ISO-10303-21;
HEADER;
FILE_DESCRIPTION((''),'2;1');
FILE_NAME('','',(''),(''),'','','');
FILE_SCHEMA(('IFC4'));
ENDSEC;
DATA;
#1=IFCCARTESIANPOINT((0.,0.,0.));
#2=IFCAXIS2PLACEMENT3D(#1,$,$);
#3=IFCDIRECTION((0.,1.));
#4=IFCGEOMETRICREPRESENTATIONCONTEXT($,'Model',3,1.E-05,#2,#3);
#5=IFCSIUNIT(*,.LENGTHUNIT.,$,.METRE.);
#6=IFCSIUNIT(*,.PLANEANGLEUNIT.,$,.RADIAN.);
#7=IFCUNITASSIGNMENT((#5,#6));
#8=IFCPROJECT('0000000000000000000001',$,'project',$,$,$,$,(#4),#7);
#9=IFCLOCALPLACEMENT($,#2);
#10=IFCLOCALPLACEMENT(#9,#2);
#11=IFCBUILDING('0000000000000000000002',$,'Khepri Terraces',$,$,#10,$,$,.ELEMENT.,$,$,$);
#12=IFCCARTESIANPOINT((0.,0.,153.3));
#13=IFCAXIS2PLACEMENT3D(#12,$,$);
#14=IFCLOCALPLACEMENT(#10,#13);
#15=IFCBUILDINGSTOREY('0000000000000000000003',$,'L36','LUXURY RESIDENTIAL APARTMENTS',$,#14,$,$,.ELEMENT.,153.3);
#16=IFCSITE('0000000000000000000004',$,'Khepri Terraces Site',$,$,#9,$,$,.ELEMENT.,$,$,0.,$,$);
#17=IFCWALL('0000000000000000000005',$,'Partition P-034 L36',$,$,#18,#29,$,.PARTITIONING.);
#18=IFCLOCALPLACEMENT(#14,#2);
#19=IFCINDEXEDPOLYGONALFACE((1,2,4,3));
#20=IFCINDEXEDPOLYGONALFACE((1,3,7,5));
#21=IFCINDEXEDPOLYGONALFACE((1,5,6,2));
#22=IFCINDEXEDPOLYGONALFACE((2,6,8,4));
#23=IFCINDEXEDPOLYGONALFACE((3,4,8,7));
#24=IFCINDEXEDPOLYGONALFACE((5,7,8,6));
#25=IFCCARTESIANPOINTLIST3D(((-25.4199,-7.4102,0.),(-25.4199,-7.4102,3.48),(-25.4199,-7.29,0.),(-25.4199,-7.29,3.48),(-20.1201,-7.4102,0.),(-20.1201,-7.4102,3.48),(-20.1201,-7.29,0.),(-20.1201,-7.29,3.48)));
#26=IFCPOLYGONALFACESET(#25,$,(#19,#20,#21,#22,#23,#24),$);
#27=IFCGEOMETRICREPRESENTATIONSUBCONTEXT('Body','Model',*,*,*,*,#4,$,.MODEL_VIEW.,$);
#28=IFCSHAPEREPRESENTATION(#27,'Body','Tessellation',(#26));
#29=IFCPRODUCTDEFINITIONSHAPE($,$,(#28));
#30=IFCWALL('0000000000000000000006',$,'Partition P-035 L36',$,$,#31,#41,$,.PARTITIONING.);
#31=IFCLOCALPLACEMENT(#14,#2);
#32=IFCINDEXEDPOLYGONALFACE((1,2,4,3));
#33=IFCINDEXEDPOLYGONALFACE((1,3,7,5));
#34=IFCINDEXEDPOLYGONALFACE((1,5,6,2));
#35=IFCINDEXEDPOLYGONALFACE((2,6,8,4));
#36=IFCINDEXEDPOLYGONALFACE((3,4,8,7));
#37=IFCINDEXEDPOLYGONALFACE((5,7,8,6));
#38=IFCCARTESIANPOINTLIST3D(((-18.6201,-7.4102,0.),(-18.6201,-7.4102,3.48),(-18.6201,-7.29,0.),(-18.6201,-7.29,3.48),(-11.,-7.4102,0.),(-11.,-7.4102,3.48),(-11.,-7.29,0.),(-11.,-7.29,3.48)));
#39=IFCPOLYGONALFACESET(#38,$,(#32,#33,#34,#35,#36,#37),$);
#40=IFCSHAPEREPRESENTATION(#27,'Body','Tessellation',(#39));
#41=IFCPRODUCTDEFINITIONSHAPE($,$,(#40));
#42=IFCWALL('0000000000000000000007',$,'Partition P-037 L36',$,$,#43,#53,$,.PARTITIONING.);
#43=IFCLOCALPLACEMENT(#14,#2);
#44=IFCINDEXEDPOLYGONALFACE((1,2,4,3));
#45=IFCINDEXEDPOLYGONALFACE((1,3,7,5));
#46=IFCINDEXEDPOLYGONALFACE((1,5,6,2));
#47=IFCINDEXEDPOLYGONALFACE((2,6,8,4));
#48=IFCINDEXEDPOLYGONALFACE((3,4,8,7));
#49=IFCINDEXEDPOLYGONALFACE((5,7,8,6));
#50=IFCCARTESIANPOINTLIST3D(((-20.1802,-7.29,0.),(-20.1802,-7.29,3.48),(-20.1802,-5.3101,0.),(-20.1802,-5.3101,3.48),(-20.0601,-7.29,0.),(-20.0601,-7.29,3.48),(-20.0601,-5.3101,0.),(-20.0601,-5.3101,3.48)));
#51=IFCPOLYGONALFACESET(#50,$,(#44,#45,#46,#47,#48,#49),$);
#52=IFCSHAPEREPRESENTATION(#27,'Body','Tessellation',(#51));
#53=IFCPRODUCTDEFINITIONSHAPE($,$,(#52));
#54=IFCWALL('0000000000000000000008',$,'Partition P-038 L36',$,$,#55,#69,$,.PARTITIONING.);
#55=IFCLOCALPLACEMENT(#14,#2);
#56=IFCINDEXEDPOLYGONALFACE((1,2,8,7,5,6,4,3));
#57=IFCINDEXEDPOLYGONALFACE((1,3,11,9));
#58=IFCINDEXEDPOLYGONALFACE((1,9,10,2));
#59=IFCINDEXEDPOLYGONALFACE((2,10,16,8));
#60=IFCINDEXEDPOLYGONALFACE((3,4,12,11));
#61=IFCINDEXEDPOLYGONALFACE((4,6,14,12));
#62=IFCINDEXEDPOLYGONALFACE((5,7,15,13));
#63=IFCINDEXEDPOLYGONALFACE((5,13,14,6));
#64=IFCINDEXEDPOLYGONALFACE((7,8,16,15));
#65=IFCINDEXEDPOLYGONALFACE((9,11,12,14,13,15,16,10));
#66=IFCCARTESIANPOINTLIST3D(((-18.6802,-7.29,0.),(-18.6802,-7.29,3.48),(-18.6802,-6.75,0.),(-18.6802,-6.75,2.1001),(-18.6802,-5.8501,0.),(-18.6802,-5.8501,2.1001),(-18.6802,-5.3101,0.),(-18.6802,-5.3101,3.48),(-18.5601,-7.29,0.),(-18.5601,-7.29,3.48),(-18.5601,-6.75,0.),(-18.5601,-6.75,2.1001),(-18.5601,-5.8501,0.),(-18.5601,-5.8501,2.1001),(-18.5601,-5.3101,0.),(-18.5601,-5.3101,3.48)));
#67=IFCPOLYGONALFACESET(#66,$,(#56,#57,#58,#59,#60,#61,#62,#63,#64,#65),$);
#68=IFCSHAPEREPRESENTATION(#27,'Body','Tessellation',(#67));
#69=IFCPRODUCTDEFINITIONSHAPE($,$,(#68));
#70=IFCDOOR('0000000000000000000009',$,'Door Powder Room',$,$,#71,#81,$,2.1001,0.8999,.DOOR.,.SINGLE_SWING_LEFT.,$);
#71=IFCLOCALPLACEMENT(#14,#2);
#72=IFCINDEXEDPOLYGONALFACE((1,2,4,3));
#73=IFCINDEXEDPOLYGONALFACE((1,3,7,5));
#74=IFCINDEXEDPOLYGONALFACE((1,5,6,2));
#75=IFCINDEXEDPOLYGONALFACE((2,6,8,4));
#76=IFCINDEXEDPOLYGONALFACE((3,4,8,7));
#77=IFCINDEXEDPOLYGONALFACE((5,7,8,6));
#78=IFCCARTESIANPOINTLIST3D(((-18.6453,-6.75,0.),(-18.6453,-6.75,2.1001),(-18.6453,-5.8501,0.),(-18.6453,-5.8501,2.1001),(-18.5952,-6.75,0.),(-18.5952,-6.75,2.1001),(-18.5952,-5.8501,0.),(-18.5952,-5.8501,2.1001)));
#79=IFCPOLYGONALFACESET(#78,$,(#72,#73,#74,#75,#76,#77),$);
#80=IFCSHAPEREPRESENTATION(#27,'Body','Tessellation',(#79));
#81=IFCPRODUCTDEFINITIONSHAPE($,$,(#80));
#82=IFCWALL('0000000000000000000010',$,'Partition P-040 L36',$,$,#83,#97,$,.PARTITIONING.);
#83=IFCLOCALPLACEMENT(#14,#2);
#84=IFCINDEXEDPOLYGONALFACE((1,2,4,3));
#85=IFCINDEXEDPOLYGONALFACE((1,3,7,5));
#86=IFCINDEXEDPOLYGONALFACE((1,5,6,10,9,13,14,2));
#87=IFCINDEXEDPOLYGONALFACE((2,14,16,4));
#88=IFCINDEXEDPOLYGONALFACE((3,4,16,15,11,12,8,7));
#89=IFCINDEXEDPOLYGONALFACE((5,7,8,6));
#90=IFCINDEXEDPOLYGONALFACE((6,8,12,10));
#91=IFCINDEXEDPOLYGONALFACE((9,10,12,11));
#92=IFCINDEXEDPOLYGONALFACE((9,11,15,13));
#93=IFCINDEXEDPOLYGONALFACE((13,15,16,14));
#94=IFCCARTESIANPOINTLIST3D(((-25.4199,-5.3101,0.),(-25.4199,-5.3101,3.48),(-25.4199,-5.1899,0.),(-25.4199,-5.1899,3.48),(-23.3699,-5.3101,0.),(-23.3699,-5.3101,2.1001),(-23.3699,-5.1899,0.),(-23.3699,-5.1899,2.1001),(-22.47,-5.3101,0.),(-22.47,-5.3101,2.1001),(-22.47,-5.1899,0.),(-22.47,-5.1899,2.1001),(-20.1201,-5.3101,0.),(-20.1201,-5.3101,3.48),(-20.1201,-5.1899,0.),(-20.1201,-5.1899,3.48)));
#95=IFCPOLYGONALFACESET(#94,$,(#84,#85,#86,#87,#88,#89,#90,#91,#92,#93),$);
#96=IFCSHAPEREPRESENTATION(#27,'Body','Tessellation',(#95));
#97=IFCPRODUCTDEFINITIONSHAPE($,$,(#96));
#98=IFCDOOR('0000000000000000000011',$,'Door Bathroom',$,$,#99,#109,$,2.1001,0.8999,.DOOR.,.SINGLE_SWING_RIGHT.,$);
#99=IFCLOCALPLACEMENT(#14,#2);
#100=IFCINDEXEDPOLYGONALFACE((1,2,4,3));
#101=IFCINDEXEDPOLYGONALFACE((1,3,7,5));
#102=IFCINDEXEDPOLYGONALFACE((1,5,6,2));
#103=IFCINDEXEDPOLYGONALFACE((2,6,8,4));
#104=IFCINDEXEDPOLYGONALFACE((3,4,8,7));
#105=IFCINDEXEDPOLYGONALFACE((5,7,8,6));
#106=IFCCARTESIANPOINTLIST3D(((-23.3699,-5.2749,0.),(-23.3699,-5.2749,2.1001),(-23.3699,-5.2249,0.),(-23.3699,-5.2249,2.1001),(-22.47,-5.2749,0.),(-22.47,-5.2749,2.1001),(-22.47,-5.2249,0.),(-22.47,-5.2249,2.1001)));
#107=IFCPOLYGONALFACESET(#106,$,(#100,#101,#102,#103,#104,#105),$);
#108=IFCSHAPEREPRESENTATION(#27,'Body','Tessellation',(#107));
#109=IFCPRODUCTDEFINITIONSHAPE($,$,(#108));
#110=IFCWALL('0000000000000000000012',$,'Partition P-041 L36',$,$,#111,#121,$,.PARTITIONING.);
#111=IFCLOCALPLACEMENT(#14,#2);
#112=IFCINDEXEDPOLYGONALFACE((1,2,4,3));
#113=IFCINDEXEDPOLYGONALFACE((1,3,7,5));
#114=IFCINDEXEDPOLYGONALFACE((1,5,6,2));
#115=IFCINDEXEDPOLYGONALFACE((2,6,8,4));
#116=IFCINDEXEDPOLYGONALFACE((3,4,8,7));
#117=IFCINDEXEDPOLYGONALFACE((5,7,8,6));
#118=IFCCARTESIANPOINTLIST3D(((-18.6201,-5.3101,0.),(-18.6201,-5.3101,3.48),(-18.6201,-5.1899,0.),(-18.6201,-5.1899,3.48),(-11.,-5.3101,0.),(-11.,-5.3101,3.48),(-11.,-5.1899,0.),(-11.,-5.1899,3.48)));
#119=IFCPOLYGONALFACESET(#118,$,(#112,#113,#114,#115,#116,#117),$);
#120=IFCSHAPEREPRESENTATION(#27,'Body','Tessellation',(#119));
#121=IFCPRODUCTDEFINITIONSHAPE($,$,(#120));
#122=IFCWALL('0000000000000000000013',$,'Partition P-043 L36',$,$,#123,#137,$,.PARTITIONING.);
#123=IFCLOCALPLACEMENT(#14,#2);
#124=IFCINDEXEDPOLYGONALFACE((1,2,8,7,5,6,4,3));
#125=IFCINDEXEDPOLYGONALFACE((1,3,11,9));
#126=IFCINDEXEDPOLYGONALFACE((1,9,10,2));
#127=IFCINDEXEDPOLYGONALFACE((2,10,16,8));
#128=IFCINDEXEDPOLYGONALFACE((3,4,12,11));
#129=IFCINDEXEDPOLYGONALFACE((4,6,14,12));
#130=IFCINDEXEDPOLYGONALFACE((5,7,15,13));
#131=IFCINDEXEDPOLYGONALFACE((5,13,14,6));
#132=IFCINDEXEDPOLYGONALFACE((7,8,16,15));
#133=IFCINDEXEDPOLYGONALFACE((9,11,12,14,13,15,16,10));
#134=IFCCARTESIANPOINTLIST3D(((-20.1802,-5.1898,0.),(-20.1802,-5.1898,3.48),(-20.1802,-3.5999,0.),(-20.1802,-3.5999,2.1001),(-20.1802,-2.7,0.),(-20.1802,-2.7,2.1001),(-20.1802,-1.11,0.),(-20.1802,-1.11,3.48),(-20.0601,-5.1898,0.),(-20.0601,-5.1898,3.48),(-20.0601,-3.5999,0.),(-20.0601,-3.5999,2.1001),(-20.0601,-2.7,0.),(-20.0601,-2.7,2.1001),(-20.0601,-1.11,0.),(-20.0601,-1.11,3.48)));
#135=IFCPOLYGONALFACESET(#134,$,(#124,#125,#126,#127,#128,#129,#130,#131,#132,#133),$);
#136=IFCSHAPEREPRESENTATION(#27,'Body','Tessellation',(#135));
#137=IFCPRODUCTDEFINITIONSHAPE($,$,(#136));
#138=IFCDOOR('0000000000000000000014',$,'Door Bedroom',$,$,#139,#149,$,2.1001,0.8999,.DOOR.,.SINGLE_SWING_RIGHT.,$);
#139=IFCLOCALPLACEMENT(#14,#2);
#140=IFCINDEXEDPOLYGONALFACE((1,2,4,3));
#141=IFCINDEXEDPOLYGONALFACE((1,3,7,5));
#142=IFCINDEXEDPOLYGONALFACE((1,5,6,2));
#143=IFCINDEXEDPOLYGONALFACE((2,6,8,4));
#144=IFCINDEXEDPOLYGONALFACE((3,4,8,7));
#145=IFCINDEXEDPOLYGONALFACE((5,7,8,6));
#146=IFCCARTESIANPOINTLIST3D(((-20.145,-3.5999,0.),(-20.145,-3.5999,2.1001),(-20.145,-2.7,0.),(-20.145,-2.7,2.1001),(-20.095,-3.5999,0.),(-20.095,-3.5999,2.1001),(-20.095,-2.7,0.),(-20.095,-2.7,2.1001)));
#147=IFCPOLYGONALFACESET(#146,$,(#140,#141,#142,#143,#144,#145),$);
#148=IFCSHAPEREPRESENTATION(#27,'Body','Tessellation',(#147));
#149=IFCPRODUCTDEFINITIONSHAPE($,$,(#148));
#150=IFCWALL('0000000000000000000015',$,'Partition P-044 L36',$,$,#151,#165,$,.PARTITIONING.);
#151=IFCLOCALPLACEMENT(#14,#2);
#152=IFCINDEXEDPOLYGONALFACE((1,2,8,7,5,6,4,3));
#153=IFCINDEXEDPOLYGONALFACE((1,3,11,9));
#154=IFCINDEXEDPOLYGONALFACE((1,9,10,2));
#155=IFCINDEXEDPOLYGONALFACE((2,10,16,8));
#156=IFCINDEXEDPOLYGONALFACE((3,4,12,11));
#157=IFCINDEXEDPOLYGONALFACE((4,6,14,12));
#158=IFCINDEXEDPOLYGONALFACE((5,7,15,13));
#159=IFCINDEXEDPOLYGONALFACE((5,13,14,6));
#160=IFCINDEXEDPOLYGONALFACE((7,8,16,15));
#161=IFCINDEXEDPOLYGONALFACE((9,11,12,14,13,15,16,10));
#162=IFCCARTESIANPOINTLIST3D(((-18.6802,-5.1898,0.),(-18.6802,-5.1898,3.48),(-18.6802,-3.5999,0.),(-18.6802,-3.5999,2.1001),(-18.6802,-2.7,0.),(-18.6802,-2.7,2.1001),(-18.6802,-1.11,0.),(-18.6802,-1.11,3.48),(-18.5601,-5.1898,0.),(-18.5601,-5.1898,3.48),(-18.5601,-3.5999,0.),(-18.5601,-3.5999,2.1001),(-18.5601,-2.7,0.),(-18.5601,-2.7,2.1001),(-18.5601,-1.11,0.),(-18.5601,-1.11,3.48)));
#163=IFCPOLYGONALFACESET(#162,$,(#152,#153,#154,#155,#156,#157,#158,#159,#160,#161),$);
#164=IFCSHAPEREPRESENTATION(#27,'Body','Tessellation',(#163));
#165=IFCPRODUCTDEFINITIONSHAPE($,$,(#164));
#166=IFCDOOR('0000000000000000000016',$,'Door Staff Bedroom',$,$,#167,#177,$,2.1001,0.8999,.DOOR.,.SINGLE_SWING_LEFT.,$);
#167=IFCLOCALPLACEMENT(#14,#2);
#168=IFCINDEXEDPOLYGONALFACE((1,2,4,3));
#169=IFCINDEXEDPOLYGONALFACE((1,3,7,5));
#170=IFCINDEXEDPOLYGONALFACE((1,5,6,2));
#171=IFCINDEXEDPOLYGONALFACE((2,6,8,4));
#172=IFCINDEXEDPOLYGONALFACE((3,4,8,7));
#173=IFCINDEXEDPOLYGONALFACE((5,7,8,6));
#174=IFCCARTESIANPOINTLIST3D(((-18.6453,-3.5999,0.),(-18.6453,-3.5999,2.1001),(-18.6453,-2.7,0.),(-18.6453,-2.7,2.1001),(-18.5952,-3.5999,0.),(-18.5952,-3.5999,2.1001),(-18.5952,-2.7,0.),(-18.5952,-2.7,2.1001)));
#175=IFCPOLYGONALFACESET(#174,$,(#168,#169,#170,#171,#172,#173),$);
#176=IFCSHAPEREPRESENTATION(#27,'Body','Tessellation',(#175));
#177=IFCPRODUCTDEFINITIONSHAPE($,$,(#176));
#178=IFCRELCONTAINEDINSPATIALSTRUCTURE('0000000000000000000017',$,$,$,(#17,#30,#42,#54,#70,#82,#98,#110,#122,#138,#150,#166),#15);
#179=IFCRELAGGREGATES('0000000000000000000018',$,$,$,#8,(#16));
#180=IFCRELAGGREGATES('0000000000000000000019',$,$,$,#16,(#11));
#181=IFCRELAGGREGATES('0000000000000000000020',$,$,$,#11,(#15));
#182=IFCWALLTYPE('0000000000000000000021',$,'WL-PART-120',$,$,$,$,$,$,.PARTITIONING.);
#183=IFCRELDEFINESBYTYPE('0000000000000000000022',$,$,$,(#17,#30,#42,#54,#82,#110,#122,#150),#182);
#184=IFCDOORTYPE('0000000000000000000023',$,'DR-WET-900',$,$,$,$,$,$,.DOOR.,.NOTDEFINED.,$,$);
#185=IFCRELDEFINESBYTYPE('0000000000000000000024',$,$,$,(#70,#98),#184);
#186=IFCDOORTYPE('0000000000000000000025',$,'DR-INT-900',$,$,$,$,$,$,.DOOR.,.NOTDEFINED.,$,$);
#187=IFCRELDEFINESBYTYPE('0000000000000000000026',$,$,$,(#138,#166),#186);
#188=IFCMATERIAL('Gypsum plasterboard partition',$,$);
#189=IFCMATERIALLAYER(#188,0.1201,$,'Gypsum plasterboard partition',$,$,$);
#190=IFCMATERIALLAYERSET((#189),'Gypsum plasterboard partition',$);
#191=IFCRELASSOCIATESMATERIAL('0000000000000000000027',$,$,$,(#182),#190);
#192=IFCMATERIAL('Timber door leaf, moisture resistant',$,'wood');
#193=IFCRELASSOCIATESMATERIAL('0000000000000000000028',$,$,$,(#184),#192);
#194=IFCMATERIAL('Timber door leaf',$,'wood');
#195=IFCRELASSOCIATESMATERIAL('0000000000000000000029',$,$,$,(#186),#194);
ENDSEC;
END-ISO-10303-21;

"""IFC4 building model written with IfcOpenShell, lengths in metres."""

from ifc_helpers import new_model, si_unit, direction, frame, frame_2d, origin, place, context, subcontext, project, spatial, rectangle, extrude, material, layer, layer_set, type_object, element, fill, save


model = new_model("IFC4")

# Units and contexts
model_context = context("Model", 3, precision=1e-05, world=origin(), true_north=direction((0.0, 1.0)))
body_context = subcontext(model_context, "Body", "Model", "MODEL_VIEW")
ifc_project = project(units=[si_unit("LENGTHUNIT", "METRE"), si_unit("PLANEANGLEUNIT", "RADIAN")], contexts=[model_context])

# Site, building, storey
site_placement = place(None, origin())
site = spatial("IfcSite", under=ifc_project, at=site_placement, Name="Khepri Terraces Site", CompositionType="ELEMENT", RefElevation=0.0)
building_placement = place(site_placement, origin())
building = spatial("IfcBuilding", under=site, at=building_placement, Name="Khepri Terraces", CompositionType="ELEMENT")
storey_placement = place(building_placement, frame((0.0, 0.0, 153.3)))
storey = spatial("IfcBuildingStorey", under=building, at=storey_placement, Name="L36", Description="LUXURY RESIDENTIAL APARTMENTS", CompositionType="ELEMENT", Elevation=153.3)

# Shared definitions
ifc_material_1 = material(Name="Gypsum plasterboard partition")
ifc_layer_1 = layer(ifc_material_1, 0.1201, Name="Gypsum plasterboard partition")
ifc_layer_set_1 = layer_set([ifc_layer_1], Name="Gypsum plasterboard partition")
wall_type_1 = type_object("IfcWallType", Name="WL-PART-120", PredefinedType="PARTITIONING", material=ifc_layer_set_1)
ifc_material_2 = material(Name="Timber door leaf, moisture resistant", Category="wood")
door_type_1 = type_object("IfcDoorType", Name="DR-WET-900", OperationType="NOTDEFINED", PredefinedType="DOOR", material=ifc_material_2)

# Walls
wall_1_placement = place(storey_placement, frame((-25.4199, -7.3501, 0.0), z_axis=(0.0, 0.0, 1.0), x_axis=(1.0, 0.0, 0.0)))
element("IfcWall", 1, at=wall_1_placement, inside=storey, type_object=wall_type_1, Name="Partition P-034 L36", PredefinedType="PARTITIONING", context=body_context, shape_type="SweptSolid", body=[
    extrude(rectangle(XDim=5.2998, YDim=0.1201, at=frame_2d((2.6499, 0.0))), origin(), (0.0, 0.0, 1.0), 3.48),
])
wall_2_placement = place(storey_placement, frame((-18.6201, -7.3501, 0.0), z_axis=(0.0, 0.0, 1.0), x_axis=(1.0, 0.0, 0.0)))
element("IfcWall", 2, at=wall_2_placement, inside=storey, type_object=wall_type_1, Name="Partition P-035 L36", PredefinedType="PARTITIONING", context=body_context, shape_type="SweptSolid", body=[
    extrude(rectangle(XDim=7.6201, YDim=0.1201, at=frame_2d((3.8101, 0.0))), origin(), (0.0, 0.0, 1.0), 3.48),
])
wall_3_placement = place(storey_placement, frame((-20.1201, -7.29, 0.0), z_axis=(0.0, 0.0, 1.0), x_axis=(0.0, 1.0, 0.0)))
element("IfcWall", 3, at=wall_3_placement, inside=storey, type_object=wall_type_1, Name="Partition P-037 L36", PredefinedType="PARTITIONING", context=body_context, shape_type="SweptSolid", body=[
    extrude(rectangle(XDim=1.98, YDim=0.1201, at=frame_2d((0.99, 0.0))), origin(), (0.0, 0.0, 1.0), 3.48),
])

# Walls, openings, doors
wall_4_placement = place(storey_placement, frame((-18.6201, -7.29, 0.0), z_axis=(0.0, 0.0, 1.0), x_axis=(0.0, 1.0, 0.0)))
wall_4 = element("IfcWall", 4, at=wall_4_placement, inside=storey, type_object=wall_type_1, Name="Partition P-038 L36", PredefinedType="PARTITIONING", context=body_context, shape_type="SweptSolid", body=[
    extrude(rectangle(XDim=1.98, YDim=0.1201, at=frame_2d((0.99, 0.0))), origin(), (0.0, 0.0, 1.0), 3.48),
])
opening_1_placement = place(wall_4_placement, frame((0.54, 0.0, 0.0)))
opening_1 = element("IfcOpeningElement", 5, at=opening_1_placement, cuts=wall_4, PredefinedType="OPENING", context=body_context, shape_type="SweptSolid", body=[
    extrude(rectangle(XDim=0.8999, YDim=2.1001, at=frame_2d((0.45, 1.05))), frame((0.0, 0.0701, 0.0), z_axis=(0.0, -1.0, 0.0), x_axis=(1.0, 0.0, 0.0)), (0.0, 0.0, 1.0), 0.1401),
])
door_1_placement = place(opening_1_placement, frame((0.8999, 0.0, 0.0), z_axis=(0.0, 0.0, 1.0), x_axis=(-1.0, 0.0, 0.0)))
door_1 = element("IfcDoor", 6, at=door_1_placement, inside=storey, type_object=door_type_1, Name="Door Powder Room", OperationType="SINGLE_SWING_LEFT", OverallHeight=2.1001, OverallWidth=0.8999, PredefinedType="DOOR", context=body_context, shape_type="SweptSolid", body=[
    extrude(rectangle(XDim=0.8999, YDim=2.1001, at=frame_2d((0.45, 1.05))), frame((0.0, 0.0249, 0.0), z_axis=(0.0, -1.0, 0.0), x_axis=(1.0, 0.0, 0.0)), (0.0, 0.0, 1.0), 0.05),
])
fill(opening_1, door_1)
wall_5_placement = place(storey_placement, frame((-25.4199, -5.25, 0.0), z_axis=(0.0, 0.0, 1.0), x_axis=(1.0, 0.0, 0.0)))
wall_5 = element("IfcWall", 7, at=wall_5_placement, inside=storey, type_object=wall_type_1, Name="Partition P-040 L36", PredefinedType="PARTITIONING", context=body_context, shape_type="SweptSolid", body=[
    extrude(rectangle(XDim=5.2998, YDim=0.1201, at=frame_2d((2.6499, 0.0))), origin(), (0.0, 0.0, 1.0), 3.48),
])
opening_2_placement = place(wall_5_placement, frame((2.05, 0.0, 0.0)))
opening_2 = element("IfcOpeningElement", 8, at=opening_2_placement, cuts=wall_5, PredefinedType="OPENING", context=body_context, shape_type="SweptSolid", body=[
    extrude(rectangle(XDim=0.8999, YDim=2.1001, at=frame_2d((0.45, 1.05))), frame((0.0, 0.0701, 0.0), z_axis=(0.0, -1.0, 0.0), x_axis=(1.0, 0.0, 0.0)), (0.0, 0.0, 1.0), 0.1401),
])
door_2_placement = place(opening_2_placement, frame((0.8999, 0.0, 0.0), z_axis=(0.0, 0.0, 1.0), x_axis=(-1.0, 0.0, 0.0)))
door_2 = element("IfcDoor", 9, at=door_2_placement, inside=storey, type_object=door_type_1, Name="Door Bathroom", OperationType="SINGLE_SWING_RIGHT", OverallHeight=2.1001, OverallWidth=0.8999, PredefinedType="DOOR", context=body_context, shape_type="SweptSolid", body=[
    extrude(rectangle(XDim=0.8999, YDim=2.1001, at=frame_2d((0.45, 1.05))), frame((0.0, 0.0249, 0.0), z_axis=(0.0, -1.0, 0.0), x_axis=(1.0, 0.0, 0.0)), (0.0, 0.0, 1.0), 0.05),
])
fill(opening_2, door_2)

# Wall
wall_6_placement = place(storey_placement, frame((-18.6201, -5.25, 0.0), z_axis=(0.0, 0.0, 1.0), x_axis=(1.0, 0.0, 0.0)))
element("IfcWall", 10, at=wall_6_placement, inside=storey, type_object=wall_type_1, Name="Partition P-041 L36", PredefinedType="PARTITIONING", context=body_context, shape_type="SweptSolid", body=[
    extrude(rectangle(XDim=7.6201, YDim=0.1201, at=frame_2d((3.8101, 0.0))), origin(), (0.0, 0.0, 1.0), 3.48),
])

# Walls, openings, doors
wall_7_placement = place(storey_placement, frame((-20.1201, -5.1899, 0.0), z_axis=(0.0, 0.0, 1.0), x_axis=(0.0, 1.0, 0.0)))
wall_7 = element("IfcWall", 11, at=wall_7_placement, inside=storey, type_object=wall_type_1, Name="Partition P-043 L36", PredefinedType="PARTITIONING", context=body_context, shape_type="SweptSolid", body=[
    extrude(rectangle(XDim=4.0798, YDim=0.1201, at=frame_2d((2.04, 0.0))), origin(), (0.0, 0.0, 1.0), 3.48),
])
opening_3_placement = place(wall_7_placement, frame((1.5901, 0.0, 0.0)))
opening_3 = element("IfcOpeningElement", 12, at=opening_3_placement, cuts=wall_7, PredefinedType="OPENING", context=body_context, shape_type="SweptSolid", body=[
    extrude(rectangle(XDim=0.8999, YDim=2.1001, at=frame_2d((0.45, 1.05))), frame((0.0, 0.0701, 0.0), z_axis=(0.0, -1.0, 0.0), x_axis=(1.0, 0.0, 0.0)), (0.0, 0.0, 1.0), 0.1401),
])
ifc_material_3 = material(Name="Timber door leaf", Category="wood")
door_type_2 = type_object("IfcDoorType", Name="DR-INT-900", OperationType="NOTDEFINED", PredefinedType="DOOR", material=ifc_material_3)
door_3_placement = place(opening_3_placement, origin())
door_3 = element("IfcDoor", 13, at=door_3_placement, inside=storey, type_object=door_type_2, Name="Door Bedroom", OperationType="SINGLE_SWING_RIGHT", OverallHeight=2.1001, OverallWidth=0.8999, PredefinedType="DOOR", context=body_context, shape_type="SweptSolid", body=[
    extrude(rectangle(XDim=0.8999, YDim=2.1001, at=frame_2d((0.45, 1.05))), frame((0.0, 0.0249, 0.0), z_axis=(0.0, -1.0, 0.0), x_axis=(1.0, 0.0, 0.0)), (0.0, 0.0, 1.0), 0.05),
])
fill(opening_3, door_3)
wall_8_placement = place(storey_placement, frame((-18.6201, -5.1899, 0.0), z_axis=(0.0, 0.0, 1.0), x_axis=(0.0, 1.0, 0.0)))
wall_8 = element("IfcWall", 14, at=wall_8_placement, inside=storey, type_object=wall_type_1, Name="Partition P-044 L36", PredefinedType="PARTITIONING", context=body_context, shape_type="SweptSolid", body=[
    extrude(rectangle(XDim=4.0798, YDim=0.1201, at=frame_2d((2.04, 0.0))), origin(), (0.0, 0.0, 1.0), 3.48),
])
opening_4_placement = place(wall_8_placement, frame((1.5901, 0.0, 0.0)))
opening_4 = element("IfcOpeningElement", 15, at=opening_4_placement, cuts=wall_8, PredefinedType="OPENING", context=body_context, shape_type="SweptSolid", body=[
    extrude(rectangle(XDim=0.8999, YDim=2.1001, at=frame_2d((0.45, 1.05))), frame((0.0, 0.0701, 0.0), z_axis=(0.0, -1.0, 0.0), x_axis=(1.0, 0.0, 0.0)), (0.0, 0.0, 1.0), 0.1401),
])
door_4_placement = place(opening_4_placement, frame((0.8999, 0.0, 0.0), z_axis=(0.0, 0.0, 1.0), x_axis=(-1.0, 0.0, 0.0)))
door_4 = element("IfcDoor", 16, at=door_4_placement, inside=storey, type_object=door_type_2, Name="Door Staff Bedroom", OperationType="SINGLE_SWING_LEFT", OverallHeight=2.1001, OverallWidth=0.8999, PredefinedType="DOOR", context=body_context, shape_type="SweptSolid", body=[
    extrude(rectangle(XDim=0.8999, YDim=2.1001, at=frame_2d((0.45, 1.05))), frame((0.0, 0.0249, 0.0), z_axis=(0.0, -1.0, 0.0), x_axis=(1.0, 0.0, 0.0)), (0.0, 0.0, 1.0), 0.05),
])
fill(opening_4, door_4)

save(model, "model.ifc")
